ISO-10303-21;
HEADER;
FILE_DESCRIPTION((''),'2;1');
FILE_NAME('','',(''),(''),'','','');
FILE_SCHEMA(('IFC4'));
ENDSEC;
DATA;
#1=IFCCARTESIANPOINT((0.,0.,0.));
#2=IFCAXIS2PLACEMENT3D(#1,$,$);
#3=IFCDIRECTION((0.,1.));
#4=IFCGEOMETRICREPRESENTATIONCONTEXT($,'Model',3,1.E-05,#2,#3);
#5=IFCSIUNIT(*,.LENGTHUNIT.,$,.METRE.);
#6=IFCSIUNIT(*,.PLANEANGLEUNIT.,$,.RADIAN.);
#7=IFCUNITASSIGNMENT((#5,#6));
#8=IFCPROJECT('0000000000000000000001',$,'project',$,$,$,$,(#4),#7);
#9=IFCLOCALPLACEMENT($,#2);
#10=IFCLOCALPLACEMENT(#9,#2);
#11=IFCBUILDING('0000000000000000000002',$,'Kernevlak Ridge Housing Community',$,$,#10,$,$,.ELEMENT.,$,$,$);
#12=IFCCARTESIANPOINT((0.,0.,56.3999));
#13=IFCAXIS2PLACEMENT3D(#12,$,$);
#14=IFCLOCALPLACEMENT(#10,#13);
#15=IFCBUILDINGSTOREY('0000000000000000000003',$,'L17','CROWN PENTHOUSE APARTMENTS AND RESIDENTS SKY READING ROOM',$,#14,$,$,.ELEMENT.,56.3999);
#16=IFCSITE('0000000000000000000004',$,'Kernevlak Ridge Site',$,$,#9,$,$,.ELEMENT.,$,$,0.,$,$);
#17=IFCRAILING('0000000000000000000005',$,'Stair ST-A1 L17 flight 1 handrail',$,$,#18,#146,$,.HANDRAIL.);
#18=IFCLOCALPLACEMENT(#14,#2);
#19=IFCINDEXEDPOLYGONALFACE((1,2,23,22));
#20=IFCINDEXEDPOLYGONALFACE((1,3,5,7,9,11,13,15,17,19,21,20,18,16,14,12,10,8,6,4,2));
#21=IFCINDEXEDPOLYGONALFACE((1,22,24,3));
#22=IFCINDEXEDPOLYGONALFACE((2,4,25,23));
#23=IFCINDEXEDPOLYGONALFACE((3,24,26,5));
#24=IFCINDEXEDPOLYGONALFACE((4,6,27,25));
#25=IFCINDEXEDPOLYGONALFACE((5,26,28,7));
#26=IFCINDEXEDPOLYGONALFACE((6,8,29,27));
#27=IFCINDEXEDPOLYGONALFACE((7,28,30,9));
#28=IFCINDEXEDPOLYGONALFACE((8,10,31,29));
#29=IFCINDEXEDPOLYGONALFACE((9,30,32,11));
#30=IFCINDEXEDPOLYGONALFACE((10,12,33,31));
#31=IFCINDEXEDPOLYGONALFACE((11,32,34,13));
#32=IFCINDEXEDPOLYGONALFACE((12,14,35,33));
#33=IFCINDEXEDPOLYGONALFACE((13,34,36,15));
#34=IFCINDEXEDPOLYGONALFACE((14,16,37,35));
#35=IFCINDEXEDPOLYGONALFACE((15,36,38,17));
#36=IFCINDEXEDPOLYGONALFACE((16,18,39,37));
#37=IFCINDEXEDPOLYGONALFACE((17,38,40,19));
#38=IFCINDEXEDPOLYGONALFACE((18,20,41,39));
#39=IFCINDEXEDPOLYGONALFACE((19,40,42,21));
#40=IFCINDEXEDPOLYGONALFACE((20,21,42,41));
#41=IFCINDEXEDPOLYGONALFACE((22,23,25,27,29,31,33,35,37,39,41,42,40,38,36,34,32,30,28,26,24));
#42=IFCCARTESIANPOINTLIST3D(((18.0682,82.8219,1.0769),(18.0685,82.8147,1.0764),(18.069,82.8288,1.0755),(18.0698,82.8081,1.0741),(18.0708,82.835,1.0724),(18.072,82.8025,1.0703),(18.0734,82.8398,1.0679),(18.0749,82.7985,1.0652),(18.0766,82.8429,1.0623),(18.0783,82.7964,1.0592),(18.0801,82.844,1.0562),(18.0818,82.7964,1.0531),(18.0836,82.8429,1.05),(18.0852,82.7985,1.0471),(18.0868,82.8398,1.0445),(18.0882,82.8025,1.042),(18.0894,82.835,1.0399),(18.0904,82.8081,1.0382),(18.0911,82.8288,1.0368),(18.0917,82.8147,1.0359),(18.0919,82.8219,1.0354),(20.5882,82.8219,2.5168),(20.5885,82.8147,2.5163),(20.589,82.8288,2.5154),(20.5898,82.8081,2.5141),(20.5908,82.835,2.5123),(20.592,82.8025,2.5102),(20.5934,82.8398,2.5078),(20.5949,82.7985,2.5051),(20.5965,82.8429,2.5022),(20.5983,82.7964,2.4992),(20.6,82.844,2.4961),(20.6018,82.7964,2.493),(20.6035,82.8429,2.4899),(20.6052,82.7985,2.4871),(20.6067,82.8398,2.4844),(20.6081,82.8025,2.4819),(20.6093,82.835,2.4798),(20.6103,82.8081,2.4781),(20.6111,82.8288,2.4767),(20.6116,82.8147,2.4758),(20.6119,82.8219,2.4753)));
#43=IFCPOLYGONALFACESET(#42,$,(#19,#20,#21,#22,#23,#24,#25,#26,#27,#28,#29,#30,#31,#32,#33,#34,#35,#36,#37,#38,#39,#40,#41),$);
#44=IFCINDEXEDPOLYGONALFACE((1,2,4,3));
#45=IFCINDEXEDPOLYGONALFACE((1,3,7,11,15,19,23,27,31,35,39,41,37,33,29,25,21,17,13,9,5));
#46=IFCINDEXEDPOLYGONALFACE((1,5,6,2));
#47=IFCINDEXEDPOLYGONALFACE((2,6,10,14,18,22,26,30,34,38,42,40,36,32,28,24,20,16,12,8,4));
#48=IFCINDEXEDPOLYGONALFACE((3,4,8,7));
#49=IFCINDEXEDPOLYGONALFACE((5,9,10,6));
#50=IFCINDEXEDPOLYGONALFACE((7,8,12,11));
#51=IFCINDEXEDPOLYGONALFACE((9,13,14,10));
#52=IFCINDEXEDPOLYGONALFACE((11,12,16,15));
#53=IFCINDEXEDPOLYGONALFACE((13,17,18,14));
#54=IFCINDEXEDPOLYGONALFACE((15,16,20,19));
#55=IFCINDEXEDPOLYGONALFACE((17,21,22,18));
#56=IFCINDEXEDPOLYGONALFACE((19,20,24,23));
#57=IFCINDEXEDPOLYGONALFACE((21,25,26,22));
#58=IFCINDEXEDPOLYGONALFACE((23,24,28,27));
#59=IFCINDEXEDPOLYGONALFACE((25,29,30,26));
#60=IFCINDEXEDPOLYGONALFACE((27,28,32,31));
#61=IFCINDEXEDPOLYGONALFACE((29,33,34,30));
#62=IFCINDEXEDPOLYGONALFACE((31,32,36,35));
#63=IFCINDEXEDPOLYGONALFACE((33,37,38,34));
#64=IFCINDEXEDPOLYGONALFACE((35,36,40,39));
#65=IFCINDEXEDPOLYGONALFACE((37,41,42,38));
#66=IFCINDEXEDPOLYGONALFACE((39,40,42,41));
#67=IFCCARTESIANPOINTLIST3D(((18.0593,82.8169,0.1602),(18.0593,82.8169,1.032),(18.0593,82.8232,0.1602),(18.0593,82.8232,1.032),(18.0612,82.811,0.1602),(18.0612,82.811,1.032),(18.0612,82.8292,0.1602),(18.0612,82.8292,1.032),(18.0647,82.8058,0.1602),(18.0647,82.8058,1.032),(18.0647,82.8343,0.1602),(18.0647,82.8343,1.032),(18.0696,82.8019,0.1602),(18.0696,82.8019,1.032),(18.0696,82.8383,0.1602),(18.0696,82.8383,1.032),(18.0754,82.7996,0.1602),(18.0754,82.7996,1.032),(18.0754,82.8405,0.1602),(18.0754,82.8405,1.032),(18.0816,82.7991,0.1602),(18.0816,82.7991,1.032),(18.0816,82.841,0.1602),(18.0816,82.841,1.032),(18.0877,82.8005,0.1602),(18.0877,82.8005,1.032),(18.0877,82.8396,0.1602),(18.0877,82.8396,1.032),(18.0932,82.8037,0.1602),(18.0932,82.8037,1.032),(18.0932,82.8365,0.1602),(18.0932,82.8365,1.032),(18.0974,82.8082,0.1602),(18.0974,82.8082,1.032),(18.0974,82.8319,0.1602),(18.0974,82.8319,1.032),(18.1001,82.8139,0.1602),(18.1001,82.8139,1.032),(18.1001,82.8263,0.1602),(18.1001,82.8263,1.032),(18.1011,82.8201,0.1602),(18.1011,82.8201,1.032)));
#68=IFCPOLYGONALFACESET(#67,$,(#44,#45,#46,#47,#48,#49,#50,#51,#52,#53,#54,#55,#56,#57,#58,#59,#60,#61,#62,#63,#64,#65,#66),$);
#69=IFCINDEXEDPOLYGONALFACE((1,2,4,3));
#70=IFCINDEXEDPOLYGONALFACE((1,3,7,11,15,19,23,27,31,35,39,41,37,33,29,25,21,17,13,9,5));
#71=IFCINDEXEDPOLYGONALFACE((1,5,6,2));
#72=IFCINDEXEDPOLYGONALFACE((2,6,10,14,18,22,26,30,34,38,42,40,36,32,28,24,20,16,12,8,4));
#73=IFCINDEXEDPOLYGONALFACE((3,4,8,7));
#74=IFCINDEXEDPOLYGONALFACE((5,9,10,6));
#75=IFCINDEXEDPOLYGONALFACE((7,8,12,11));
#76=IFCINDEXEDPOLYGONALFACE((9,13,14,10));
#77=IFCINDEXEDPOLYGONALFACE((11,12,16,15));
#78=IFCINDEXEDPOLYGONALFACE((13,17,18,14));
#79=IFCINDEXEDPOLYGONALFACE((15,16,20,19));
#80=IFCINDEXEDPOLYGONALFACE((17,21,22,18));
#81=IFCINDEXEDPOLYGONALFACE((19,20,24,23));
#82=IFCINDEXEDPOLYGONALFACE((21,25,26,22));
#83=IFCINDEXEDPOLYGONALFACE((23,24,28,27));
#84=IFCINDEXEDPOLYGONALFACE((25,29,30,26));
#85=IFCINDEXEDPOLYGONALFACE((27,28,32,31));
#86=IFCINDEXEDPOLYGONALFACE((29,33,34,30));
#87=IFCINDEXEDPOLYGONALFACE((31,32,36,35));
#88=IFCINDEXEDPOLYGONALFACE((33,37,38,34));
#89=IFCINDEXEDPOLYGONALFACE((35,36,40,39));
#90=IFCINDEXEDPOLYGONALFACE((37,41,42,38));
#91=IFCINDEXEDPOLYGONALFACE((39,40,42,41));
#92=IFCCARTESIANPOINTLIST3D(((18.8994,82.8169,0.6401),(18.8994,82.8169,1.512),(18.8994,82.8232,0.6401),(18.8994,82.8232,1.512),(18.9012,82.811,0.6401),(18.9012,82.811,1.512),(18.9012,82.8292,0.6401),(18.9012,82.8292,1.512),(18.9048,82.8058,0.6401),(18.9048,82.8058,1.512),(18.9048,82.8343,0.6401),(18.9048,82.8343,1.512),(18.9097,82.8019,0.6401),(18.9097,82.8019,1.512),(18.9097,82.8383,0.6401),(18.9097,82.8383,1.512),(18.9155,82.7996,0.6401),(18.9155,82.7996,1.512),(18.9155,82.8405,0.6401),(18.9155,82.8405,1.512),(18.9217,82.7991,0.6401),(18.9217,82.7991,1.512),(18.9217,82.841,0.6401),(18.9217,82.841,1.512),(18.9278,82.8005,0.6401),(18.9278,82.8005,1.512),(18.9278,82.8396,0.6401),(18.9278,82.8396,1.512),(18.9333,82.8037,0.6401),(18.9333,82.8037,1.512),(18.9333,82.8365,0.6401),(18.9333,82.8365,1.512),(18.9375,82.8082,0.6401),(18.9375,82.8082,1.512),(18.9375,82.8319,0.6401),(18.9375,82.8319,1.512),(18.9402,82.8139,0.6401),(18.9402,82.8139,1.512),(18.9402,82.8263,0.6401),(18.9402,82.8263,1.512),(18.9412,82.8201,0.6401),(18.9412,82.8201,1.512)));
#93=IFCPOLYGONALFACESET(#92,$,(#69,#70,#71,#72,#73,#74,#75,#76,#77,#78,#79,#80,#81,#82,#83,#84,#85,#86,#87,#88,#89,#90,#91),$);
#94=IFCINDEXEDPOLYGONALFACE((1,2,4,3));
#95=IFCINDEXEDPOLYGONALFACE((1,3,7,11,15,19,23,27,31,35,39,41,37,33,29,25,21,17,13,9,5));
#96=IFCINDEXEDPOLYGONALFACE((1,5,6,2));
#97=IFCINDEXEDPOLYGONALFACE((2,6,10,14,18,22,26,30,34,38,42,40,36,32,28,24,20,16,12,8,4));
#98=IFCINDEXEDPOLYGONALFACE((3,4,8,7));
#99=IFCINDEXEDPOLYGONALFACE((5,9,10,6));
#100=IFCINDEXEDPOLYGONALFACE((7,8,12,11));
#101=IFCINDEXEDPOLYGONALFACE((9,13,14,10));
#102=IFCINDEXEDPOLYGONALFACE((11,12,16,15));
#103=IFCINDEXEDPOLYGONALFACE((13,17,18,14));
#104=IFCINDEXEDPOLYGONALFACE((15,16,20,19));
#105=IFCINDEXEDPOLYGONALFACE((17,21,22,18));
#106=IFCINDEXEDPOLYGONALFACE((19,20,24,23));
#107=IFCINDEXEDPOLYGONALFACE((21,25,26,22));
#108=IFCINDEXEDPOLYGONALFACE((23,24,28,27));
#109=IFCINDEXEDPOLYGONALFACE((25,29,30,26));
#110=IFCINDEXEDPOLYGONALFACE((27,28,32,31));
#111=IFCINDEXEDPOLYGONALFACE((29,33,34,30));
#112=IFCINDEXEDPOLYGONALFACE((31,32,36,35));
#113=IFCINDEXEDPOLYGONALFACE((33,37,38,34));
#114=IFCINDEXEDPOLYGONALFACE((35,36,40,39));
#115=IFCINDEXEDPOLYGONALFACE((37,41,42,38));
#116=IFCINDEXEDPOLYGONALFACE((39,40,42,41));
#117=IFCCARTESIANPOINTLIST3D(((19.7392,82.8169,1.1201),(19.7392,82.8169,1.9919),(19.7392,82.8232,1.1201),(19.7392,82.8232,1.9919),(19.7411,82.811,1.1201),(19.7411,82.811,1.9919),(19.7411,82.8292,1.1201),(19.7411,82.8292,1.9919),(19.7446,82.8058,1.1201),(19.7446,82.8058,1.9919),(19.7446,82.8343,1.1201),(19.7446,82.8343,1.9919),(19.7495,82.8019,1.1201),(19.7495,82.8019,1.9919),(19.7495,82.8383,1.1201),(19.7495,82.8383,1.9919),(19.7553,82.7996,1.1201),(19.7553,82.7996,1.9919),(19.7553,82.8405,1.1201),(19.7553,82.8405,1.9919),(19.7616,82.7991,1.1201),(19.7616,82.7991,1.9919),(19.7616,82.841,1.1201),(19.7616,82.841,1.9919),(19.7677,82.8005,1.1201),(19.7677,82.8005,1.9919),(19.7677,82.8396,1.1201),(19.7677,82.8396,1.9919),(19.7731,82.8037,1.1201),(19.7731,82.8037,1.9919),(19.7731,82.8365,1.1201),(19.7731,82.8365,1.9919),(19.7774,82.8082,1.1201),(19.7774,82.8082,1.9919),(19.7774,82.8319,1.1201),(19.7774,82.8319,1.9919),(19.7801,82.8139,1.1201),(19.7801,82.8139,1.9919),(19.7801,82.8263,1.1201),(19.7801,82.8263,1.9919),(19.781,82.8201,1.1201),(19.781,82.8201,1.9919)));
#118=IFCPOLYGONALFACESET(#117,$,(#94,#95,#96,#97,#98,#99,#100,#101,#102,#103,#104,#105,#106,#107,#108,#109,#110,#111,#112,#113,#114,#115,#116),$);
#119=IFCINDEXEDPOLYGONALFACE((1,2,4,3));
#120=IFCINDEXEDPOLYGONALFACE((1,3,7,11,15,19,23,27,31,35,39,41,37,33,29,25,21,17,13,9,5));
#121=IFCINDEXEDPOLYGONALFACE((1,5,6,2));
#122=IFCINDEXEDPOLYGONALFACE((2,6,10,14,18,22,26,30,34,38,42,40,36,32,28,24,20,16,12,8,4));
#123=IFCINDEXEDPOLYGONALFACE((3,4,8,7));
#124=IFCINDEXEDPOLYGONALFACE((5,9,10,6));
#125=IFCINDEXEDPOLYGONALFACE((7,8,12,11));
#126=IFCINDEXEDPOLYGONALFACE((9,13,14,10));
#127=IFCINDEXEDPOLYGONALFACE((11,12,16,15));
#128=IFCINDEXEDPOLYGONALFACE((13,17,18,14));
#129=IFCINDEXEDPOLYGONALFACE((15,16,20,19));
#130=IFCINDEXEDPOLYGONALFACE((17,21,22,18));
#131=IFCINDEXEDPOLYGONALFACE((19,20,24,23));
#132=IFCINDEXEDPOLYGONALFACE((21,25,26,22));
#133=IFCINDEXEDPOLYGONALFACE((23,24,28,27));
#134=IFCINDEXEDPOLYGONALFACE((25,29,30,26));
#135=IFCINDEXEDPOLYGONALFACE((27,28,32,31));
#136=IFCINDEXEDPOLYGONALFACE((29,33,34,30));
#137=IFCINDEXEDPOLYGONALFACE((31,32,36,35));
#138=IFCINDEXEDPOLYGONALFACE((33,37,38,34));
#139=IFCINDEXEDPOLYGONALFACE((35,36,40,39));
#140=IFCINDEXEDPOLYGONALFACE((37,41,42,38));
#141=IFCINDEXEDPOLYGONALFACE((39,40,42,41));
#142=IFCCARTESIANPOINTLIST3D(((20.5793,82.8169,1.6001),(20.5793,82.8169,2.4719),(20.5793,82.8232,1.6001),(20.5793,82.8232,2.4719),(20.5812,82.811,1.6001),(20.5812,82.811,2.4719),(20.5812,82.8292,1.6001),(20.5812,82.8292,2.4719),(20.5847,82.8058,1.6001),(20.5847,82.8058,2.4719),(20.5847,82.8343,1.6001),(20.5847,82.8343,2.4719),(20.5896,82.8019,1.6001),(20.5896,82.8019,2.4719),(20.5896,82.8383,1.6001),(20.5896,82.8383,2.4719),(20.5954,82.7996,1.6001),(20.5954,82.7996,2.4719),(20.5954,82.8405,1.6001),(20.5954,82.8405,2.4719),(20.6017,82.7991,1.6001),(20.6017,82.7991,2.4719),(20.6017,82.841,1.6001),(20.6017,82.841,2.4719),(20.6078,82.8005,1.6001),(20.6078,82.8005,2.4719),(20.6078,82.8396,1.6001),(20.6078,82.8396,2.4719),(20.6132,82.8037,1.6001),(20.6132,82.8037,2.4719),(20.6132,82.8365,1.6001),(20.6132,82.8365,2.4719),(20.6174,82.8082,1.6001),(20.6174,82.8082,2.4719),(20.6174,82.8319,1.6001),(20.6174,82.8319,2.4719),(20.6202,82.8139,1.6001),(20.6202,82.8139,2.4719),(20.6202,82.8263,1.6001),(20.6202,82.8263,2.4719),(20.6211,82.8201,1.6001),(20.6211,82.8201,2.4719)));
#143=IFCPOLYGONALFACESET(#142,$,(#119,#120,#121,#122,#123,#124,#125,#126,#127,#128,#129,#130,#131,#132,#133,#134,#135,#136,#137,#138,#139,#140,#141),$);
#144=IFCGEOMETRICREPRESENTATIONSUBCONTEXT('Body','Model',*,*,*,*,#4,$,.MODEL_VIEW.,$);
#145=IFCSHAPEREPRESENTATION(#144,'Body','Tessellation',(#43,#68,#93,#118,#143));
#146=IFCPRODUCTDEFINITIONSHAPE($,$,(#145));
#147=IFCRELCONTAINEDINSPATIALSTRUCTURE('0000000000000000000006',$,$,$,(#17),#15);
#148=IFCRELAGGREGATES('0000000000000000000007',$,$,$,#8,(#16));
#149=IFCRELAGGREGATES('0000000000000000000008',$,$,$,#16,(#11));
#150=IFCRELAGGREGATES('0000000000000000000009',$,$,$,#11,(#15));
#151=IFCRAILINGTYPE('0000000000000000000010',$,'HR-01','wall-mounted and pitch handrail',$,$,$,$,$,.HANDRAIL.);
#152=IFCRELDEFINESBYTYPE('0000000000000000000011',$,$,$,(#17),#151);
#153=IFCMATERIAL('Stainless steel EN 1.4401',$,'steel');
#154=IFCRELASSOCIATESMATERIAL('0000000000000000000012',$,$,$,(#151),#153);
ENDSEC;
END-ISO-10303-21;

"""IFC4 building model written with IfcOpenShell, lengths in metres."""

from ifc_helpers import new_model, si_unit, direction, frame, origin, origin_2d, place, context, subcontext, project, spatial, circle, extrude, material, type_object, element, save


model = new_model("IFC4")

# Units and contexts
model_context = context("Model", 3, precision=1e-05, world=origin(), true_north=direction((0.0, 1.0)))
body_context = subcontext(model_context, "Body", "Model", "MODEL_VIEW")
ifc_project = project(units=[si_unit("LENGTHUNIT", "METRE"), si_unit("PLANEANGLEUNIT", "RADIAN")], contexts=[model_context])

# Site, building, storey
site_placement = place(None, origin())
site = spatial("IfcSite", under=ifc_project, at=site_placement, Name="Kernevlak Ridge Site", CompositionType="ELEMENT", RefElevation=0.0)
building_placement = place(site_placement, origin())
building = spatial("IfcBuilding", under=site, at=building_placement, Name="Kernevlak Ridge Housing Community", CompositionType="ELEMENT")
storey_placement = place(building_placement, frame((0.0, 0.0, 56.3999)))
storey = spatial("IfcBuildingStorey", under=building, at=storey_placement, Name="L17", Description="CROWN PENTHOUSE APARTMENTS AND RESIDENTS SKY READING ROOM", CompositionType="ELEMENT", Elevation=56.3999)

# Shared definitions
ifc_material_1 = material(Name="Stainless steel EN 1.4401", Category="steel")

# Railing
railing_type_1 = type_object("IfcRailingType", Name="HR-01", Description="wall-mounted and pitch handrail", PredefinedType="HANDRAIL", material=ifc_material_1)
railing_1_placement = place(storey_placement, frame((18.0801, 82.8201, 0.1602)))
element("IfcRailing", 1, at=railing_1_placement, inside=storey, type_object=railing_type_1, Name="Stair ST-A1 L17 flight 1 handrail", PredefinedType="HANDRAIL", context=body_context, shape_type="SweptSolid", body=[
    extrude(circle(Radius=0.0239, at=origin_2d()), frame((0.0, 0.0, 0.896), z_axis=(0.868253, 0.0, 0.496121), x_axis=(0.0, 1.0, 0.0)), (0.0, 0.0, 1.0), 2.9023),
    extrude(circle(Radius=0.021, at=origin_2d()), origin(), (0.0, 0.0, 1.0), 0.8718),
    extrude(circle(Radius=0.021, at=origin_2d()), frame((0.8401, 0.0, 0.48)), (0.0, 0.0, 1.0), 0.8718),
    extrude(circle(Radius=0.021, at=origin_2d()), frame((1.6799, 0.0, 0.96)), (0.0, 0.0, 1.0), 0.8718),
    extrude(circle(Radius=0.021, at=origin_2d()), frame((2.52, 0.0, 1.4399)), (0.0, 0.0, 1.0), 0.8718),
])

save(model, "model.ifc")
